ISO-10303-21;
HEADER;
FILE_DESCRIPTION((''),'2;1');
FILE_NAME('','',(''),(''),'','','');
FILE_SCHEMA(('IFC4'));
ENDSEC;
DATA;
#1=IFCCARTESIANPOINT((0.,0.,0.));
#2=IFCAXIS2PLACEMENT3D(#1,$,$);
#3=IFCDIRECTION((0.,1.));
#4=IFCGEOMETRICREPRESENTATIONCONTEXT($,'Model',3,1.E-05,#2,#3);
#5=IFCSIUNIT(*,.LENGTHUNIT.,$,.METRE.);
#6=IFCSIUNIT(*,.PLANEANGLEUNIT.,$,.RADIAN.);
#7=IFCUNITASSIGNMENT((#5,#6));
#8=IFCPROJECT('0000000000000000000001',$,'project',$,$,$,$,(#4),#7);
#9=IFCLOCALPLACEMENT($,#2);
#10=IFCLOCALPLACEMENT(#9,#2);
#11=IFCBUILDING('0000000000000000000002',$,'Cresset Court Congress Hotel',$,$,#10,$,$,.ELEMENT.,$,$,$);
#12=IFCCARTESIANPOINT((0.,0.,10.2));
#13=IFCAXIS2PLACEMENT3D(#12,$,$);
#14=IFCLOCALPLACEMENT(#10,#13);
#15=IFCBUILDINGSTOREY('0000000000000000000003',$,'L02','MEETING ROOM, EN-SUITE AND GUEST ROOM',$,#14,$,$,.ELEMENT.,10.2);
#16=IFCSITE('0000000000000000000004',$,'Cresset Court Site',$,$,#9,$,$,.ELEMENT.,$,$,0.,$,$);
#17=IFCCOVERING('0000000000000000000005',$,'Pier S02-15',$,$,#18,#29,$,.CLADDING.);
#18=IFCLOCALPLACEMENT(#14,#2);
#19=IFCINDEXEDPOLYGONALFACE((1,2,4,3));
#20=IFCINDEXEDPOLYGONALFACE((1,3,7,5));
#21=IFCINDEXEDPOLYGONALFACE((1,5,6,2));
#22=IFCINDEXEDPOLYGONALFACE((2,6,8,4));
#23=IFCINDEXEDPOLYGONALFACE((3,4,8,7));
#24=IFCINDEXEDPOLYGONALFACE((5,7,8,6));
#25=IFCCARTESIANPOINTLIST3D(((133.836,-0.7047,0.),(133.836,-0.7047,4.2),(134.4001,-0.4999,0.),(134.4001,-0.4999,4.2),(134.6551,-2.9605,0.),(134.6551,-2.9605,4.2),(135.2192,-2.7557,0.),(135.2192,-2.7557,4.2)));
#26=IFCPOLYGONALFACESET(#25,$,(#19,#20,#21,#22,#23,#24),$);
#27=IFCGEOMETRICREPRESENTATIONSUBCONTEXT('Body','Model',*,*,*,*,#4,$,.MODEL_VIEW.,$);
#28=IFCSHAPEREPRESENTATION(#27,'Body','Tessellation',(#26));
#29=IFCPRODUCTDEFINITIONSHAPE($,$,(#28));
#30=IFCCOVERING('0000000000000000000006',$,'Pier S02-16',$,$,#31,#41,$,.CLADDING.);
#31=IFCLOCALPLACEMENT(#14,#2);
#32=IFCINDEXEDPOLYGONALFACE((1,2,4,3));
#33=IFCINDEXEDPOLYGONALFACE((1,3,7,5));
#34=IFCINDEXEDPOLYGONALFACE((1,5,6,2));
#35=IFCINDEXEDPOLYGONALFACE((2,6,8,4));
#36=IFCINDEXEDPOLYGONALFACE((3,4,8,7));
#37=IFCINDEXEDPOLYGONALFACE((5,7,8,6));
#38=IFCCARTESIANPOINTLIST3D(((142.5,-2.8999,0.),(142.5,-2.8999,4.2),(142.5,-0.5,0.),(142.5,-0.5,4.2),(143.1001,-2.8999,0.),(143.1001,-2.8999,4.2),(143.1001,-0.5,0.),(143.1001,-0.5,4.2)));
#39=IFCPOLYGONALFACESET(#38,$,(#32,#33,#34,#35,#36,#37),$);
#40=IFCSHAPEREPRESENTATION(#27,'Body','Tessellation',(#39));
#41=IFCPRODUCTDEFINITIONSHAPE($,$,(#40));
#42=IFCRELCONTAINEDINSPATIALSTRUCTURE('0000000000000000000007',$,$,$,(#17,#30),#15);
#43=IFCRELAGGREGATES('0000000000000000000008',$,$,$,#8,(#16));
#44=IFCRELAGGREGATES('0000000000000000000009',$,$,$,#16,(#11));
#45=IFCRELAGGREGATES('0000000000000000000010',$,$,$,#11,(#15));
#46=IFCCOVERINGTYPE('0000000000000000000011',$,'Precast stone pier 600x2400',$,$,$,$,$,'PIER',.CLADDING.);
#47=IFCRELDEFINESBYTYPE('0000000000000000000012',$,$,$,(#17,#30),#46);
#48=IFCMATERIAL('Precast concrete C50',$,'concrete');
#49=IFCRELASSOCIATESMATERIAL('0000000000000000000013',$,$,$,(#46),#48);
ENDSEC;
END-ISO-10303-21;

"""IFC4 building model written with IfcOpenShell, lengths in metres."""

from ifc_helpers import new_model, si_unit, direction, frame, origin, origin_2d, place, context, subcontext, project, spatial, rectangle, extrude, material, type_object, element, save


model = new_model("IFC4")

# Units and contexts
model_context = context("Model", 3, precision=1e-05, world=origin(), true_north=direction((0.0, 1.0)))
body_context = subcontext(model_context, "Body", "Model", "MODEL_VIEW")
ifc_project = project(units=[si_unit("LENGTHUNIT", "METRE"), si_unit("PLANEANGLEUNIT", "RADIAN")], contexts=[model_context])

# Site, building, storey
site_placement = place(None, origin())
site = spatial("IfcSite", under=ifc_project, at=site_placement, Name="Cresset Court Site", CompositionType="ELEMENT", RefElevation=0.0)
building_placement = place(site_placement, origin())
building = spatial("IfcBuilding", under=site, at=building_placement, Name="Cresset Court Congress Hotel", CompositionType="ELEMENT")
storey_placement = place(building_placement, frame((0.0, 0.0, 10.2)))
storey = spatial("IfcBuildingStorey", under=building, at=storey_placement, Name="L02", Description="MEETING ROOM, EN-SUITE AND GUEST ROOM", CompositionType="ELEMENT", Elevation=10.2)

# Coverings
ifc_material_1 = material(Name="Precast concrete C50", Category="concrete")
covering_type = type_object("IfcCoveringType", Name="Precast stone pier 600x2400", ElementType="PIER", PredefinedType="CLADDING", material=ifc_material_1)
for number, where, z_axis, x_axis, name in (
    (1, (134.5276, -1.7302, 0.0), (0.0, 0.0, 1.0), (0.939957, 0.341293, 0.0), "Pier S02-15"),
    (2, (142.8, -1.7, 0.0), (0.0, 0.0, 1.0), (1.0, 0.0, 0.0), "Pier S02-16"),
):
    element("IfcCovering", number, at=place(storey_placement, frame(where, z_axis=z_axis, x_axis=x_axis)), inside=storey, type_object=covering_type, Name=name, PredefinedType="CLADDING", context=body_context, shape_type="SweptSolid", body=[
        extrude(rectangle(XDim=0.6001, YDim=2.3999, at=origin_2d()), origin(), (0.0, 0.0, 1.0), 4.2),
    ])

save(model, "model.ifc")
